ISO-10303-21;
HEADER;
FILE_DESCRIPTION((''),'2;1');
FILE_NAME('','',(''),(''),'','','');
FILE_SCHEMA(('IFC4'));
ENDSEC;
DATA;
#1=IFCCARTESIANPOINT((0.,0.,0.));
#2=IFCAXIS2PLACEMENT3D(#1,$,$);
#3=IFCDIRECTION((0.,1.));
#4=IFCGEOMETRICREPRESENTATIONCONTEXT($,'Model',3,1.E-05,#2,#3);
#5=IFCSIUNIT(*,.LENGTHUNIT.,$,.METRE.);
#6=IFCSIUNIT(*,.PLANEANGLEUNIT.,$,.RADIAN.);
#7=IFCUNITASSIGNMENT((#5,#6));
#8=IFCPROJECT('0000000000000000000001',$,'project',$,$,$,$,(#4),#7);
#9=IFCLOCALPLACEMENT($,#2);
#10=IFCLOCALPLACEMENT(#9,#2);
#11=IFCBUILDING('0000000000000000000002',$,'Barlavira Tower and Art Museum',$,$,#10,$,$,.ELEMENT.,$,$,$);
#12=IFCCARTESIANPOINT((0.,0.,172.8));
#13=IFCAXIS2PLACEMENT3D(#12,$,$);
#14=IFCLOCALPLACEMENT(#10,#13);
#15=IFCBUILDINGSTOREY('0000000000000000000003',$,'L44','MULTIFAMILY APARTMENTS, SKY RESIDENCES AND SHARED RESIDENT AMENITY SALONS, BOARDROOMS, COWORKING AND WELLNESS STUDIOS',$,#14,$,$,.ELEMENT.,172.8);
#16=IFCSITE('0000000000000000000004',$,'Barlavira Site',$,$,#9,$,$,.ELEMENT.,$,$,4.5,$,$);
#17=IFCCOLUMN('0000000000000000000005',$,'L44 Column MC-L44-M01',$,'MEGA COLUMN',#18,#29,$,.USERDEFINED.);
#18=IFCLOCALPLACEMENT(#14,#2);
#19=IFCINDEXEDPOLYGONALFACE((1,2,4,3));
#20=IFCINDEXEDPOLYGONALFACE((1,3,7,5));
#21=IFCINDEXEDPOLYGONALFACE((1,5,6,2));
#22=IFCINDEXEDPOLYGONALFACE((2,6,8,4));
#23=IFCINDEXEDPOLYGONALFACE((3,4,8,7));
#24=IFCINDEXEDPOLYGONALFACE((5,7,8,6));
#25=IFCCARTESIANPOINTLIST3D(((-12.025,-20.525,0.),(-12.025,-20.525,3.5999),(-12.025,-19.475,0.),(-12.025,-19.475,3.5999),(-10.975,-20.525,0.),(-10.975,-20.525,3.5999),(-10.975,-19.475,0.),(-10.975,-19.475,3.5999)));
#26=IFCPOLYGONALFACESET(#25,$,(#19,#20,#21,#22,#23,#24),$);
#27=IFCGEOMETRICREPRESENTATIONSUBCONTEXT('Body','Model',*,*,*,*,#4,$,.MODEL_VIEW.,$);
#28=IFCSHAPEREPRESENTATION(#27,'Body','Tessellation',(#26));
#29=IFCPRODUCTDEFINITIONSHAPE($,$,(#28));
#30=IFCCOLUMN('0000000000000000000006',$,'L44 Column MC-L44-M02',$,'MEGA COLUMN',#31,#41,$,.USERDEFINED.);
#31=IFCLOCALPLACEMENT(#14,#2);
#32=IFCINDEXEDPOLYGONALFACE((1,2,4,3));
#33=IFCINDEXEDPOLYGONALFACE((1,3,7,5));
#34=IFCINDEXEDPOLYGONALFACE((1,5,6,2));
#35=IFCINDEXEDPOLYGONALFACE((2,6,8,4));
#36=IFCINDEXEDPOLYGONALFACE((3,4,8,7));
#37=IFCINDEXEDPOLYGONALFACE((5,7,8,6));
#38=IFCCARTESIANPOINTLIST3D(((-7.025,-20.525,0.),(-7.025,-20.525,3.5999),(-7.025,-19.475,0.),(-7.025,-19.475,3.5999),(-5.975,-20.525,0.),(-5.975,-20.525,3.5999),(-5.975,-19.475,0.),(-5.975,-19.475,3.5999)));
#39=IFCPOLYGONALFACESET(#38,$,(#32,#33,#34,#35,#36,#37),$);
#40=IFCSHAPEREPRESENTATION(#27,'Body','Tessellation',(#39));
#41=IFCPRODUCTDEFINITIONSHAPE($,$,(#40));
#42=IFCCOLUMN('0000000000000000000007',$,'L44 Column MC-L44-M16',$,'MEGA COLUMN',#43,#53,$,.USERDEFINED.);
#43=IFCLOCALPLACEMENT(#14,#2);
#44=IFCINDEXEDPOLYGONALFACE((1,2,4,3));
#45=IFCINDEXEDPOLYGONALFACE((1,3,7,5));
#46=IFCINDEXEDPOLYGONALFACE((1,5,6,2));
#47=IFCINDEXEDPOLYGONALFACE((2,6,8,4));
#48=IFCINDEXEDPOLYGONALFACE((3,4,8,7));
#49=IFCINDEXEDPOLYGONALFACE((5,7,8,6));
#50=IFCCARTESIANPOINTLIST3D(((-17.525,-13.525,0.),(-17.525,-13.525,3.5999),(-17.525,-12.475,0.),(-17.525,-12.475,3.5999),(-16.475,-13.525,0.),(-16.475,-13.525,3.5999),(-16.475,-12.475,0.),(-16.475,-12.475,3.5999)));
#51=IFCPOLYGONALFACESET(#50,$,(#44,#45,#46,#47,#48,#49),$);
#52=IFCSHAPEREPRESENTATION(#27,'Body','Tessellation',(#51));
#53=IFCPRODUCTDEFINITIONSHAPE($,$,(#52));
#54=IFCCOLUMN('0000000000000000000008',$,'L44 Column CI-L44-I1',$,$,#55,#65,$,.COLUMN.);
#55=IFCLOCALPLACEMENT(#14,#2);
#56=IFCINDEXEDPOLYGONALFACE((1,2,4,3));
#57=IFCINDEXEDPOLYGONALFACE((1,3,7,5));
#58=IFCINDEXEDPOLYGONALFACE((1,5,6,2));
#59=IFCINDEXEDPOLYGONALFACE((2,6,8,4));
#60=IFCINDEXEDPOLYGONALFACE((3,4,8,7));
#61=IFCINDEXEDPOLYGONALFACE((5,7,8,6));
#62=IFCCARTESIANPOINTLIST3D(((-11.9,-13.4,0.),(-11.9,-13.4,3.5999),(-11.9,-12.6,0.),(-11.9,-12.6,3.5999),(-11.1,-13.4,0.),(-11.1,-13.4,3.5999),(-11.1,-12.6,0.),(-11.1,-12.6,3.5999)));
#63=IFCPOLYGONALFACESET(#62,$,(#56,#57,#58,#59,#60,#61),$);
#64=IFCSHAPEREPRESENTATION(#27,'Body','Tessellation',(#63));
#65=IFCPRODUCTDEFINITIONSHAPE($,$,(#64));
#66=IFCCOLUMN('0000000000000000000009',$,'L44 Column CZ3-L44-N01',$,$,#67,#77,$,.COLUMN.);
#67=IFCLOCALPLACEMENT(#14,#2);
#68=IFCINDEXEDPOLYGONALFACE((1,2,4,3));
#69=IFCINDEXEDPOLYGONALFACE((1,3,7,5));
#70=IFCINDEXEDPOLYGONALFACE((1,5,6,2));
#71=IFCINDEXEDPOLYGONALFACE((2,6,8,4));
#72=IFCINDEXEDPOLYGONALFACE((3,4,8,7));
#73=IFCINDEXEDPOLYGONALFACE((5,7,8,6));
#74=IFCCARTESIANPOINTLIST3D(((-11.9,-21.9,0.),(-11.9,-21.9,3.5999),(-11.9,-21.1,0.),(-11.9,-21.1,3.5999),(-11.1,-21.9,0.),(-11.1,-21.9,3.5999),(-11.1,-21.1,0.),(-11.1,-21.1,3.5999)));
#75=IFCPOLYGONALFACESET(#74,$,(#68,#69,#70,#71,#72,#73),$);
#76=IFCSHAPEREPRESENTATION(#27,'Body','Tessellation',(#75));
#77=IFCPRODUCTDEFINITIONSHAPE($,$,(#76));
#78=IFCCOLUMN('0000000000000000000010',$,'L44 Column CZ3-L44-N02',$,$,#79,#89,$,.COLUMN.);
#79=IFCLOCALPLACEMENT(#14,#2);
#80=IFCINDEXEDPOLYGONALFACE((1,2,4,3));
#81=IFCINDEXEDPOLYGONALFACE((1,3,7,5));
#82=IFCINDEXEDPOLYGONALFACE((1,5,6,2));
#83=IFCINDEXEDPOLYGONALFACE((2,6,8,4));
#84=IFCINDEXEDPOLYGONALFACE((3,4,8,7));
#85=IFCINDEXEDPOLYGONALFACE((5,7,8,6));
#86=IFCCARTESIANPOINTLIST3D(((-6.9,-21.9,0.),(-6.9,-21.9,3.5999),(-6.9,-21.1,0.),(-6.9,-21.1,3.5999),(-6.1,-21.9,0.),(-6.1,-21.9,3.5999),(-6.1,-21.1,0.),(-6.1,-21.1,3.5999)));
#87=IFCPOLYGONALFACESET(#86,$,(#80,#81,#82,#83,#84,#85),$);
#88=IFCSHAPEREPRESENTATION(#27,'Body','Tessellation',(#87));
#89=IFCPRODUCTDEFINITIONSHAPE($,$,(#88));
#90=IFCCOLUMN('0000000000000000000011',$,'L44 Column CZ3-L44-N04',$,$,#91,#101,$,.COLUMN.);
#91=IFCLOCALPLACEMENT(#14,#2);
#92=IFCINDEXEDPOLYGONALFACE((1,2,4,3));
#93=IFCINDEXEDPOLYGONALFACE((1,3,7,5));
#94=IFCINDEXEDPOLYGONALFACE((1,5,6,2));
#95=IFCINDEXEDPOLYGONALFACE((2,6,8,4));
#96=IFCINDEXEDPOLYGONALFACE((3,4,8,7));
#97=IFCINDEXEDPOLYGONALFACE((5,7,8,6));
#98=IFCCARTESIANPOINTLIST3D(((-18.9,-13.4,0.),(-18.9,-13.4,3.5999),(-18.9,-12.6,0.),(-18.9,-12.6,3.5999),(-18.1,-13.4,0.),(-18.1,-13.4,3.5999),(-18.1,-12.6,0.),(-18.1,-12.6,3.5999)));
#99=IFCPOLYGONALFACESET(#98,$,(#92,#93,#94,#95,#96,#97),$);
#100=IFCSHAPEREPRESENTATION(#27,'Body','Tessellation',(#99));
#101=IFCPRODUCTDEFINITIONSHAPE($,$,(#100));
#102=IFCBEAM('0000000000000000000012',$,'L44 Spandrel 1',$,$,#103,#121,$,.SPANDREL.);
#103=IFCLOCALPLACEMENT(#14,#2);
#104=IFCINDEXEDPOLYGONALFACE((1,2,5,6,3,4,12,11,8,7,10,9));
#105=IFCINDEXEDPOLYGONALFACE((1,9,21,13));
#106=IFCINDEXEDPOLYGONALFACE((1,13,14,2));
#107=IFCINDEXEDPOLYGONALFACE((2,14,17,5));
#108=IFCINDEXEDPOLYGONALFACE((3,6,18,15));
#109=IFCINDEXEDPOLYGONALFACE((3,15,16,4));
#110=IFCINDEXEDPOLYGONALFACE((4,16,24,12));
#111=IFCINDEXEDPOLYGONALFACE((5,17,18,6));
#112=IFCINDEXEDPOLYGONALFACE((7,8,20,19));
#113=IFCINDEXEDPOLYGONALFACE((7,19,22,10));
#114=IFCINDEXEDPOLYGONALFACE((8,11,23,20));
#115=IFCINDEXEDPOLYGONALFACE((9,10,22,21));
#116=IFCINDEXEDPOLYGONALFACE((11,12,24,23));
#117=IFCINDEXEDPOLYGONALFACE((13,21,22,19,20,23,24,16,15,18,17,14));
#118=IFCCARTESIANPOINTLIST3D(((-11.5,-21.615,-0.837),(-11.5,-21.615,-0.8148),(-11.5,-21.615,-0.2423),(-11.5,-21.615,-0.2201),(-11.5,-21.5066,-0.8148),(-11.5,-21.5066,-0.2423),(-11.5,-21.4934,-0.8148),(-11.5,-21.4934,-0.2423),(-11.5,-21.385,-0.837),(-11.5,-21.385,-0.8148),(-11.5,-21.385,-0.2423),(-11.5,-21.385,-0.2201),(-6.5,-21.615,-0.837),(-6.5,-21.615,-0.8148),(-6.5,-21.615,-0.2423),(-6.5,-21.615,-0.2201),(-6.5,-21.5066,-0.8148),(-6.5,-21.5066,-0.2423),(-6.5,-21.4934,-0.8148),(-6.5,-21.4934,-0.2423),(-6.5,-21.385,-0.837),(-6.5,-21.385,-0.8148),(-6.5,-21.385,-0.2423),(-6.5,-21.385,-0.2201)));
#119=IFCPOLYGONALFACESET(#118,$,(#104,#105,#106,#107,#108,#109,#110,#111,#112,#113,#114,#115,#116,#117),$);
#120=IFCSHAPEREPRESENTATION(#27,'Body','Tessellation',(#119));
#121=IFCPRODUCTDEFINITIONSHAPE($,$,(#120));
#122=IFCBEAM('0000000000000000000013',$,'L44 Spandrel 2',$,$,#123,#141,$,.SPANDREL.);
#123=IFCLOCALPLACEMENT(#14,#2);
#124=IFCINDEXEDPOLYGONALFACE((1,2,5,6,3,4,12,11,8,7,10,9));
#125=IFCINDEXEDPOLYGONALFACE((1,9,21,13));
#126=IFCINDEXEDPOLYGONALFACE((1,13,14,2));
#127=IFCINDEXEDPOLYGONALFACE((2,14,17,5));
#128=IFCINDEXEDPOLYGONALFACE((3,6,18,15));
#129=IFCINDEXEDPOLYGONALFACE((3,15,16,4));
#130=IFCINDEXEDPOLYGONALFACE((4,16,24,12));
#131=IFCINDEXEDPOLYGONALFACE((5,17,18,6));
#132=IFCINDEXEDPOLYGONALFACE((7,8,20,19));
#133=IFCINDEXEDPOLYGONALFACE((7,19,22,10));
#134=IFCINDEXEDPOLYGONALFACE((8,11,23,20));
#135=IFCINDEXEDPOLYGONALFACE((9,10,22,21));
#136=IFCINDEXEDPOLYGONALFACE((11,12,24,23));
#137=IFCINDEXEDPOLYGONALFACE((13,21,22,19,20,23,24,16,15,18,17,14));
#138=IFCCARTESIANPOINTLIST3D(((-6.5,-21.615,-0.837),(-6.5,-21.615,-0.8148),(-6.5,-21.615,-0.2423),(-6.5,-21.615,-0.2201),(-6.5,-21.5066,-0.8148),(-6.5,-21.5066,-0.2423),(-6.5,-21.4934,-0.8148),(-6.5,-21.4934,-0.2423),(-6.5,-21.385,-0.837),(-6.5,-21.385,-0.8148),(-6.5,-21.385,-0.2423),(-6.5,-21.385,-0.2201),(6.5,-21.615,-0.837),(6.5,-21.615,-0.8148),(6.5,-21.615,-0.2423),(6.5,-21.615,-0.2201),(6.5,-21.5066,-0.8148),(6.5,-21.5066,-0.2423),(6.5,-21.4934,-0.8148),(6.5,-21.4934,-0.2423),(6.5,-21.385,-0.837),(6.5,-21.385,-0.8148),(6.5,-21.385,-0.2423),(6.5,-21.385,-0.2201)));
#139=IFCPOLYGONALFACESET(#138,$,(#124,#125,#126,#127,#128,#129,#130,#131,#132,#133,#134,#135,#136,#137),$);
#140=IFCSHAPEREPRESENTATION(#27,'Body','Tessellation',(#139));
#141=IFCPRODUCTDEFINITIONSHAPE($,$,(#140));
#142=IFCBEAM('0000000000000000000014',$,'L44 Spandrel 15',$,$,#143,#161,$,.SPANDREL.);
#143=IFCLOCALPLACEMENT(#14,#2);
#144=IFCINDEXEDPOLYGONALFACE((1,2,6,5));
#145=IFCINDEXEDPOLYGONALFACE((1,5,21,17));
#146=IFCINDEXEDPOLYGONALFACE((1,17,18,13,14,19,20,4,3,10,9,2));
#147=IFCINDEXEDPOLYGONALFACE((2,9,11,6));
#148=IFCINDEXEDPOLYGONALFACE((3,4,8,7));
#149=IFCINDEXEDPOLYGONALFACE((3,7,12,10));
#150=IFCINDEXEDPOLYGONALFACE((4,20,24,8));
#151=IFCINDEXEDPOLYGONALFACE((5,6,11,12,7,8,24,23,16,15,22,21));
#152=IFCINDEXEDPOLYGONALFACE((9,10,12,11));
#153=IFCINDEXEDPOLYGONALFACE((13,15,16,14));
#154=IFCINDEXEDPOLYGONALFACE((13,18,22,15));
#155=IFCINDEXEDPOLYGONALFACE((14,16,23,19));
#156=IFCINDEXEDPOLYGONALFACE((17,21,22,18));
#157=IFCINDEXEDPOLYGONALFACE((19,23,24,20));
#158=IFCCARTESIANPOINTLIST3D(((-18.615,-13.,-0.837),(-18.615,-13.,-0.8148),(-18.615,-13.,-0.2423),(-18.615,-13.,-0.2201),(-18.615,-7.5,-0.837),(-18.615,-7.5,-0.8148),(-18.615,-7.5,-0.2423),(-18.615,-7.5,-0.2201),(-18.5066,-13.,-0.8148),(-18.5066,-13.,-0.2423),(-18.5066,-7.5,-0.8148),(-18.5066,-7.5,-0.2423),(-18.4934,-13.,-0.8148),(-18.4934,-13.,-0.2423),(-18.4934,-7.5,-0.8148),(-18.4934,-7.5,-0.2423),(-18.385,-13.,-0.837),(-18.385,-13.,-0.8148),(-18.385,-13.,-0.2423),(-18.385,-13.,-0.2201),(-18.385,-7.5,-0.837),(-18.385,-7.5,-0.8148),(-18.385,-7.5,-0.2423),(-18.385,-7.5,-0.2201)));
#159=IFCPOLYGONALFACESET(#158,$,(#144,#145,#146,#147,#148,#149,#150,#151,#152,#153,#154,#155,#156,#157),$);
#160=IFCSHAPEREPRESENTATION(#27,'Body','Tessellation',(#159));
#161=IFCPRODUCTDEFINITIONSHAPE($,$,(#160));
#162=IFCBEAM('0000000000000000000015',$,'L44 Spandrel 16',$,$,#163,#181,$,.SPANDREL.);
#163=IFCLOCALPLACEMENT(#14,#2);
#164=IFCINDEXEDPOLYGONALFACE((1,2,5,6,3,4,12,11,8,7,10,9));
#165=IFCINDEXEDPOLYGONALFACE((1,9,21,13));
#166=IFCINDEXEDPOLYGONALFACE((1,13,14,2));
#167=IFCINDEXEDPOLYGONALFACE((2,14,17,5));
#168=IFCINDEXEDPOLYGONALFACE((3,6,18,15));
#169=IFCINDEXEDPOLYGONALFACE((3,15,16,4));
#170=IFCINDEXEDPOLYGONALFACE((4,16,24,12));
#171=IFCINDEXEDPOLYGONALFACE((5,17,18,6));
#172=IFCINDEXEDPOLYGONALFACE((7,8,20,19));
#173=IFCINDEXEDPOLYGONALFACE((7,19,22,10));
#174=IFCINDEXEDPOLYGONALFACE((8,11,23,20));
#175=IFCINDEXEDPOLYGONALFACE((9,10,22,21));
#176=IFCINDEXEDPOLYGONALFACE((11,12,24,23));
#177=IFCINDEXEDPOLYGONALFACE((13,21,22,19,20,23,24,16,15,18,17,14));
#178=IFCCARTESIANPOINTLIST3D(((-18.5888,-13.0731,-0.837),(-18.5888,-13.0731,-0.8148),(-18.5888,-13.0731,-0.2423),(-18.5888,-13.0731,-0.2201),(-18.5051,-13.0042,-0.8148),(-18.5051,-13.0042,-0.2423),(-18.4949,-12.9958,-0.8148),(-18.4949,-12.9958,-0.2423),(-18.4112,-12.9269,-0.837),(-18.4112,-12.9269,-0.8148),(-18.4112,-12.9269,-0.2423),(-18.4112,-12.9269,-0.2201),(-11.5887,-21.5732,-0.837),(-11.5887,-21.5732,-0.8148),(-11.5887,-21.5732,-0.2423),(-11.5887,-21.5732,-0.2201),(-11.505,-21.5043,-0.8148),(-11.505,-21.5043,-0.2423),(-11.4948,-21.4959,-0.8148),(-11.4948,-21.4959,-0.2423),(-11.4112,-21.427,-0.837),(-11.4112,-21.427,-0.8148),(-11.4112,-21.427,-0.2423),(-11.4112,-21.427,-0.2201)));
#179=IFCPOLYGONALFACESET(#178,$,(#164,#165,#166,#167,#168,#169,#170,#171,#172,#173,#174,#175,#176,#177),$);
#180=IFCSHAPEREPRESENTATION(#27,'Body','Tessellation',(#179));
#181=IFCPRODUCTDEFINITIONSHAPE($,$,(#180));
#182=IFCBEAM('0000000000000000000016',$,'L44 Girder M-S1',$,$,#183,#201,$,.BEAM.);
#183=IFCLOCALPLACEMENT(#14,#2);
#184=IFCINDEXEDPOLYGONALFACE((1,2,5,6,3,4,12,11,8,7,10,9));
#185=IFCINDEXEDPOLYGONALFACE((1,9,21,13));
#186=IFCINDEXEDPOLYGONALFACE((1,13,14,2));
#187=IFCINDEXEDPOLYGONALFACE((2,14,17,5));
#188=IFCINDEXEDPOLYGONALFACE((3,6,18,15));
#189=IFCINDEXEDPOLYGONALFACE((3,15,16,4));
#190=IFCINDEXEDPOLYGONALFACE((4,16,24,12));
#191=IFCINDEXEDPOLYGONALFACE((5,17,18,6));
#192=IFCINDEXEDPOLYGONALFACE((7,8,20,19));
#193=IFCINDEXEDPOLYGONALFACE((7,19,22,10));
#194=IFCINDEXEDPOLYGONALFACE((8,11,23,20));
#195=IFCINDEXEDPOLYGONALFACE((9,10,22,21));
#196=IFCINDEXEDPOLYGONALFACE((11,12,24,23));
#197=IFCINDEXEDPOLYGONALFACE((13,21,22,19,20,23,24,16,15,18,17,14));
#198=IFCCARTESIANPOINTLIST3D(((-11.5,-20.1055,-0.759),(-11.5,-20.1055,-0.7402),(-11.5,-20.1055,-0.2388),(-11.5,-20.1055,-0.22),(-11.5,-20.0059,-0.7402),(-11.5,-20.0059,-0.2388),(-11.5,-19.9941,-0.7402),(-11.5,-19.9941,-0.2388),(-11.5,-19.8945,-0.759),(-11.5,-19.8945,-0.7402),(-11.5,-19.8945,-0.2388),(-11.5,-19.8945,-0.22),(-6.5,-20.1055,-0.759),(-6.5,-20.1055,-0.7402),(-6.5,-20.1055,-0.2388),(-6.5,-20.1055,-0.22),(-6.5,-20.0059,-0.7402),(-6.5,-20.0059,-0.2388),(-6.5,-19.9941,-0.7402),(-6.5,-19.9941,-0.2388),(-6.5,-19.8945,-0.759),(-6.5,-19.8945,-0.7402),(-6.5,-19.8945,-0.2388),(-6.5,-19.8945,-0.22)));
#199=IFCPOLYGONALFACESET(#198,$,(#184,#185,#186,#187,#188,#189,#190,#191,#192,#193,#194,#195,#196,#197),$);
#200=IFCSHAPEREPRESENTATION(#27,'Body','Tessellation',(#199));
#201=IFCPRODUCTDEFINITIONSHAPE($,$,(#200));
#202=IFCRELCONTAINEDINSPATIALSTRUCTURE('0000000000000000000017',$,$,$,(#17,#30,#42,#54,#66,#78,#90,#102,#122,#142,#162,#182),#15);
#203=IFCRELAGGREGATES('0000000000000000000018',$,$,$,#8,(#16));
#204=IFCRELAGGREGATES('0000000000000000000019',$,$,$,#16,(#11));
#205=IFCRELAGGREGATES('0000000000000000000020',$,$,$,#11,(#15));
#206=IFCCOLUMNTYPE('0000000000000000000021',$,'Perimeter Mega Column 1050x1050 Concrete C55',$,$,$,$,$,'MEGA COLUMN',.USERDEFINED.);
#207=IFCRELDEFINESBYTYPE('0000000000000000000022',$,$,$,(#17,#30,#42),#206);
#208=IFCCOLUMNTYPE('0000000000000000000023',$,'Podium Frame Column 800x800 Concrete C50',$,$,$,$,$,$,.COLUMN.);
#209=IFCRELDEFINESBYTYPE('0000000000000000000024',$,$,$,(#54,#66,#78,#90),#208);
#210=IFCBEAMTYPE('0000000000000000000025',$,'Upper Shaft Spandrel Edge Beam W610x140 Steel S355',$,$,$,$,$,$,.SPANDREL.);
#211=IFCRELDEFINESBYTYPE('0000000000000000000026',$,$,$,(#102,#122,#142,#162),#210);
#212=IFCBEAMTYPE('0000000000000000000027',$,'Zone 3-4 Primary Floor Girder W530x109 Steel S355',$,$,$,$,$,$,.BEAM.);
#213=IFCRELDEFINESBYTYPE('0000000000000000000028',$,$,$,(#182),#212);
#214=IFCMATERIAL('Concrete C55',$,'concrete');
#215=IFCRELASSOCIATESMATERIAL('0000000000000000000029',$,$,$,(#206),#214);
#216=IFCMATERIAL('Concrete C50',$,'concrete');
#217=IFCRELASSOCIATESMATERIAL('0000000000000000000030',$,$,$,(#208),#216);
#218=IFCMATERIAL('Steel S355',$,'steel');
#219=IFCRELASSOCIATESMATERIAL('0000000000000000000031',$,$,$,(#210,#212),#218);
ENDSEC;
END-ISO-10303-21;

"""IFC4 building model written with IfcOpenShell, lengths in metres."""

from ifc_helpers import new_model, si_unit, direction, frame, origin, origin_2d, place, context, subcontext, project, spatial, rectangle, i_section, extrude, material, material_profile, profile_set, type_object, element, save


model = new_model("IFC4")

# Units and contexts
model_context = context("Model", 3, precision=1e-05, world=origin(), true_north=direction((0.0, 1.0)))
body_context = subcontext(model_context, "Body", "Model", "MODEL_VIEW")
ifc_project = project(units=[si_unit("LENGTHUNIT", "METRE"), si_unit("PLANEANGLEUNIT", "RADIAN")], contexts=[model_context])

# Site, building, storey
site_placement = place(None, origin())
site = spatial("IfcSite", under=ifc_project, at=site_placement, Name="Barlavira Site", CompositionType="ELEMENT", RefElevation=4.5)
building_placement = place(site_placement, origin())
building = spatial("IfcBuilding", under=site, at=building_placement, Name="Barlavira Tower and Art Museum", CompositionType="ELEMENT")
storey_placement = place(building_placement, frame((0.0, 0.0, 172.8)))
storey = spatial("IfcBuildingStorey", under=building, at=storey_placement, Name="L44", Description="MULTIFAMILY APARTMENTS, SKY RESIDENCES AND SHARED RESIDENT AMENITY SALONS, BOARDROOMS, COWORKING AND WELLNESS STUDIOS", CompositionType="ELEMENT", Elevation=172.8)

# Columns
ifc_material_1 = material(Name="Concrete C55", Category="concrete")
ifc_material_profile_1 = material_profile(ifc_material_1, rectangle(XDim=1.05, YDim=1.05, at=origin_2d()), Name="RC-COL 1050x1050")
ifc_profile_set_1 = profile_set([ifc_material_profile_1], Name="Concrete C55")
column_type_1 = type_object("IfcColumnType", Name="Perimeter Mega Column 1050x1050 Concrete C55", ElementType="MEGA COLUMN", PredefinedType="USERDEFINED", material=ifc_profile_set_1)
for number, where, z_axis, x_axis, name in (
    (1, (-11.5, -20.0, 0.0), (0.0, 0.0, 1.0), (1.0, 0.0, 0.0), "L44 Column MC-L44-M01"),
    (2, (-6.5, -20.0, 0.0), (0.0, 0.0, 1.0), (1.0, 0.0, 0.0), "L44 Column MC-L44-M02"),
    (3, (-17.0, -13.0, 0.0), (0.0, 0.0, 1.0), (1.0, 0.0, 0.0), "L44 Column MC-L44-M16"),
):
    element("IfcColumn", number, at=place(storey_placement, frame(where, z_axis=z_axis, x_axis=x_axis)), inside=storey, type_object=column_type_1, Name=name, ObjectType="MEGA COLUMN", PredefinedType="USERDEFINED", context=body_context, shape_type="SweptSolid", body=[
        extrude(rectangle(XDim=1.05, YDim=1.05, at=origin_2d()), origin(), (0.0, 0.0, 1.0), 3.5999),
    ])
ifc_material_2 = material(Name="Concrete C50", Category="concrete")
ifc_material_profile_2 = material_profile(ifc_material_2, rectangle(XDim=0.8, YDim=0.8, at=origin_2d()), Name="RC-COL 800x800")
ifc_profile_set_2 = profile_set([ifc_material_profile_2], Name="Concrete C50")
column_type_2 = type_object("IfcColumnType", Name="Podium Frame Column 800x800 Concrete C50", PredefinedType="COLUMN", material=ifc_profile_set_2)
for number, where, z_axis, x_axis, name in (
    (4, (-11.5, -13.0, 0.0), (0.0, 0.0, 1.0), (1.0, 0.0, 0.0), "L44 Column CI-L44-I1"),
    (5, (-11.5, -21.5, 0.0), (0.0, 0.0, 1.0), (1.0, 0.0, 0.0), "L44 Column CZ3-L44-N01"),
    (6, (-6.5, -21.5, 0.0), (0.0, 0.0, 1.0), (1.0, 0.0, 0.0), "L44 Column CZ3-L44-N02"),
    (7, (-18.5, -13.0, 0.0), (0.0, 0.0, 1.0), (1.0, 0.0, 0.0), "L44 Column CZ3-L44-N04"),
):
    element("IfcColumn", number, at=place(storey_placement, frame(where, z_axis=z_axis, x_axis=x_axis)), inside=storey, type_object=column_type_2, Name=name, PredefinedType="COLUMN", context=body_context, shape_type="SweptSolid", body=[
        extrude(rectangle(XDim=0.8, YDim=0.8, at=origin_2d()), origin(), (0.0, 0.0, 1.0), 3.5999),
    ])

# Beams
ifc_material_3 = material(Name="Steel S355", Category="steel")
ifc_material_profile_3 = material_profile(ifc_material_3, i_section(OverallWidth=0.23, OverallDepth=0.6169, WebThickness=0.0132, FlangeThickness=0.0222, at=origin_2d()), Name="W610x140.0")
ifc_profile_set_3 = profile_set([ifc_material_profile_3], Name="Steel S355")
beam_type_1 = type_object("IfcBeamType", Name="Upper Shaft Spandrel Edge Beam W610x140 Steel S355", PredefinedType="SPANDREL", material=ifc_profile_set_3)
beam_1_placement = place(storey_placement, frame((-11.5, -21.5, -0.5286), z_axis=(1.0, 0.0, 0.0), x_axis=(0.0, 1.0, 0.0)))
element("IfcBeam", 8, at=beam_1_placement, inside=storey, type_object=beam_type_1, Name="L44 Spandrel 1", PredefinedType="SPANDREL", context=body_context, shape_type="SweptSolid", body=[
    extrude(i_section(OverallWidth=0.23, OverallDepth=0.6169, WebThickness=0.0132, FlangeThickness=0.0222, at=origin_2d()), origin(), (0.0, 0.0, 1.0), 5.0),
])
beam_2_placement = place(storey_placement, frame((-6.5, -21.5, -0.5286), z_axis=(1.0, 0.0, 0.0), x_axis=(0.0, 1.0, 0.0)))
element("IfcBeam", 9, at=beam_2_placement, inside=storey, type_object=beam_type_1, Name="L44 Spandrel 2", PredefinedType="SPANDREL", context=body_context, shape_type="SweptSolid", body=[
    extrude(i_section(OverallWidth=0.23, OverallDepth=0.6169, WebThickness=0.0132, FlangeThickness=0.0222, at=origin_2d()), origin(), (0.0, 0.0, 1.0), 13.0),
])
beam_3_placement = place(storey_placement, frame((-18.5, -13.0, -0.5286), z_axis=(0.0, 1.0, 0.0), x_axis=(-1.0, 0.0, 0.0)))
element("IfcBeam", 10, at=beam_3_placement, inside=storey, type_object=beam_type_1, Name="L44 Spandrel 15", PredefinedType="SPANDREL", context=body_context, shape_type="SweptSolid", body=[
    extrude(i_section(OverallWidth=0.23, OverallDepth=0.6169, WebThickness=0.0132, FlangeThickness=0.0222, at=origin_2d()), origin(), (0.0, 0.0, 1.0), 5.5),
])
beam_4_placement = place(storey_placement, frame((-18.5, -13.0, -0.5286), z_axis=(0.635707, -0.77193, 0.0), x_axis=(0.77193, 0.635707, 0.0)))
element("IfcBeam", 11, at=beam_4_placement, inside=storey, type_object=beam_type_1, Name="L44 Spandrel 16", PredefinedType="SPANDREL", context=body_context, shape_type="SweptSolid", body=[
    extrude(i_section(OverallWidth=0.23, OverallDepth=0.6169, WebThickness=0.0132, FlangeThickness=0.0222, at=origin_2d()), origin(), (0.0, 0.0, 1.0), 11.0115),
])
ifc_material_profile_4 = material_profile(ifc_material_3, i_section(OverallWidth=0.2109, OverallDepth=0.5391, WebThickness=0.0117, FlangeThickness=0.0188, at=origin_2d()), Name="W530x109.0")
ifc_profile_set_4 = profile_set([ifc_material_profile_4], Name="Steel S355")
beam_type_2 = type_object("IfcBeamType", Name="Zone 3-4 Primary Floor Girder W530x109 Steel S355", PredefinedType="BEAM", material=ifc_profile_set_4)
beam_5_placement = place(storey_placement, frame((-11.5, -20.0, -0.4895), z_axis=(1.0, 0.0, 0.0), x_axis=(0.0, 1.0, 0.0)))
element("IfcBeam", 12, at=beam_5_placement, inside=storey, type_object=beam_type_2, Name="L44 Girder M-S1", PredefinedType="BEAM", context=body_context, shape_type="SweptSolid", body=[
    extrude(i_section(OverallWidth=0.2109, OverallDepth=0.5391, WebThickness=0.0117, FlangeThickness=0.0188, at=origin_2d()), origin(), (0.0, 0.0, 1.0), 5.0),
])

save(model, "model.ifc")
